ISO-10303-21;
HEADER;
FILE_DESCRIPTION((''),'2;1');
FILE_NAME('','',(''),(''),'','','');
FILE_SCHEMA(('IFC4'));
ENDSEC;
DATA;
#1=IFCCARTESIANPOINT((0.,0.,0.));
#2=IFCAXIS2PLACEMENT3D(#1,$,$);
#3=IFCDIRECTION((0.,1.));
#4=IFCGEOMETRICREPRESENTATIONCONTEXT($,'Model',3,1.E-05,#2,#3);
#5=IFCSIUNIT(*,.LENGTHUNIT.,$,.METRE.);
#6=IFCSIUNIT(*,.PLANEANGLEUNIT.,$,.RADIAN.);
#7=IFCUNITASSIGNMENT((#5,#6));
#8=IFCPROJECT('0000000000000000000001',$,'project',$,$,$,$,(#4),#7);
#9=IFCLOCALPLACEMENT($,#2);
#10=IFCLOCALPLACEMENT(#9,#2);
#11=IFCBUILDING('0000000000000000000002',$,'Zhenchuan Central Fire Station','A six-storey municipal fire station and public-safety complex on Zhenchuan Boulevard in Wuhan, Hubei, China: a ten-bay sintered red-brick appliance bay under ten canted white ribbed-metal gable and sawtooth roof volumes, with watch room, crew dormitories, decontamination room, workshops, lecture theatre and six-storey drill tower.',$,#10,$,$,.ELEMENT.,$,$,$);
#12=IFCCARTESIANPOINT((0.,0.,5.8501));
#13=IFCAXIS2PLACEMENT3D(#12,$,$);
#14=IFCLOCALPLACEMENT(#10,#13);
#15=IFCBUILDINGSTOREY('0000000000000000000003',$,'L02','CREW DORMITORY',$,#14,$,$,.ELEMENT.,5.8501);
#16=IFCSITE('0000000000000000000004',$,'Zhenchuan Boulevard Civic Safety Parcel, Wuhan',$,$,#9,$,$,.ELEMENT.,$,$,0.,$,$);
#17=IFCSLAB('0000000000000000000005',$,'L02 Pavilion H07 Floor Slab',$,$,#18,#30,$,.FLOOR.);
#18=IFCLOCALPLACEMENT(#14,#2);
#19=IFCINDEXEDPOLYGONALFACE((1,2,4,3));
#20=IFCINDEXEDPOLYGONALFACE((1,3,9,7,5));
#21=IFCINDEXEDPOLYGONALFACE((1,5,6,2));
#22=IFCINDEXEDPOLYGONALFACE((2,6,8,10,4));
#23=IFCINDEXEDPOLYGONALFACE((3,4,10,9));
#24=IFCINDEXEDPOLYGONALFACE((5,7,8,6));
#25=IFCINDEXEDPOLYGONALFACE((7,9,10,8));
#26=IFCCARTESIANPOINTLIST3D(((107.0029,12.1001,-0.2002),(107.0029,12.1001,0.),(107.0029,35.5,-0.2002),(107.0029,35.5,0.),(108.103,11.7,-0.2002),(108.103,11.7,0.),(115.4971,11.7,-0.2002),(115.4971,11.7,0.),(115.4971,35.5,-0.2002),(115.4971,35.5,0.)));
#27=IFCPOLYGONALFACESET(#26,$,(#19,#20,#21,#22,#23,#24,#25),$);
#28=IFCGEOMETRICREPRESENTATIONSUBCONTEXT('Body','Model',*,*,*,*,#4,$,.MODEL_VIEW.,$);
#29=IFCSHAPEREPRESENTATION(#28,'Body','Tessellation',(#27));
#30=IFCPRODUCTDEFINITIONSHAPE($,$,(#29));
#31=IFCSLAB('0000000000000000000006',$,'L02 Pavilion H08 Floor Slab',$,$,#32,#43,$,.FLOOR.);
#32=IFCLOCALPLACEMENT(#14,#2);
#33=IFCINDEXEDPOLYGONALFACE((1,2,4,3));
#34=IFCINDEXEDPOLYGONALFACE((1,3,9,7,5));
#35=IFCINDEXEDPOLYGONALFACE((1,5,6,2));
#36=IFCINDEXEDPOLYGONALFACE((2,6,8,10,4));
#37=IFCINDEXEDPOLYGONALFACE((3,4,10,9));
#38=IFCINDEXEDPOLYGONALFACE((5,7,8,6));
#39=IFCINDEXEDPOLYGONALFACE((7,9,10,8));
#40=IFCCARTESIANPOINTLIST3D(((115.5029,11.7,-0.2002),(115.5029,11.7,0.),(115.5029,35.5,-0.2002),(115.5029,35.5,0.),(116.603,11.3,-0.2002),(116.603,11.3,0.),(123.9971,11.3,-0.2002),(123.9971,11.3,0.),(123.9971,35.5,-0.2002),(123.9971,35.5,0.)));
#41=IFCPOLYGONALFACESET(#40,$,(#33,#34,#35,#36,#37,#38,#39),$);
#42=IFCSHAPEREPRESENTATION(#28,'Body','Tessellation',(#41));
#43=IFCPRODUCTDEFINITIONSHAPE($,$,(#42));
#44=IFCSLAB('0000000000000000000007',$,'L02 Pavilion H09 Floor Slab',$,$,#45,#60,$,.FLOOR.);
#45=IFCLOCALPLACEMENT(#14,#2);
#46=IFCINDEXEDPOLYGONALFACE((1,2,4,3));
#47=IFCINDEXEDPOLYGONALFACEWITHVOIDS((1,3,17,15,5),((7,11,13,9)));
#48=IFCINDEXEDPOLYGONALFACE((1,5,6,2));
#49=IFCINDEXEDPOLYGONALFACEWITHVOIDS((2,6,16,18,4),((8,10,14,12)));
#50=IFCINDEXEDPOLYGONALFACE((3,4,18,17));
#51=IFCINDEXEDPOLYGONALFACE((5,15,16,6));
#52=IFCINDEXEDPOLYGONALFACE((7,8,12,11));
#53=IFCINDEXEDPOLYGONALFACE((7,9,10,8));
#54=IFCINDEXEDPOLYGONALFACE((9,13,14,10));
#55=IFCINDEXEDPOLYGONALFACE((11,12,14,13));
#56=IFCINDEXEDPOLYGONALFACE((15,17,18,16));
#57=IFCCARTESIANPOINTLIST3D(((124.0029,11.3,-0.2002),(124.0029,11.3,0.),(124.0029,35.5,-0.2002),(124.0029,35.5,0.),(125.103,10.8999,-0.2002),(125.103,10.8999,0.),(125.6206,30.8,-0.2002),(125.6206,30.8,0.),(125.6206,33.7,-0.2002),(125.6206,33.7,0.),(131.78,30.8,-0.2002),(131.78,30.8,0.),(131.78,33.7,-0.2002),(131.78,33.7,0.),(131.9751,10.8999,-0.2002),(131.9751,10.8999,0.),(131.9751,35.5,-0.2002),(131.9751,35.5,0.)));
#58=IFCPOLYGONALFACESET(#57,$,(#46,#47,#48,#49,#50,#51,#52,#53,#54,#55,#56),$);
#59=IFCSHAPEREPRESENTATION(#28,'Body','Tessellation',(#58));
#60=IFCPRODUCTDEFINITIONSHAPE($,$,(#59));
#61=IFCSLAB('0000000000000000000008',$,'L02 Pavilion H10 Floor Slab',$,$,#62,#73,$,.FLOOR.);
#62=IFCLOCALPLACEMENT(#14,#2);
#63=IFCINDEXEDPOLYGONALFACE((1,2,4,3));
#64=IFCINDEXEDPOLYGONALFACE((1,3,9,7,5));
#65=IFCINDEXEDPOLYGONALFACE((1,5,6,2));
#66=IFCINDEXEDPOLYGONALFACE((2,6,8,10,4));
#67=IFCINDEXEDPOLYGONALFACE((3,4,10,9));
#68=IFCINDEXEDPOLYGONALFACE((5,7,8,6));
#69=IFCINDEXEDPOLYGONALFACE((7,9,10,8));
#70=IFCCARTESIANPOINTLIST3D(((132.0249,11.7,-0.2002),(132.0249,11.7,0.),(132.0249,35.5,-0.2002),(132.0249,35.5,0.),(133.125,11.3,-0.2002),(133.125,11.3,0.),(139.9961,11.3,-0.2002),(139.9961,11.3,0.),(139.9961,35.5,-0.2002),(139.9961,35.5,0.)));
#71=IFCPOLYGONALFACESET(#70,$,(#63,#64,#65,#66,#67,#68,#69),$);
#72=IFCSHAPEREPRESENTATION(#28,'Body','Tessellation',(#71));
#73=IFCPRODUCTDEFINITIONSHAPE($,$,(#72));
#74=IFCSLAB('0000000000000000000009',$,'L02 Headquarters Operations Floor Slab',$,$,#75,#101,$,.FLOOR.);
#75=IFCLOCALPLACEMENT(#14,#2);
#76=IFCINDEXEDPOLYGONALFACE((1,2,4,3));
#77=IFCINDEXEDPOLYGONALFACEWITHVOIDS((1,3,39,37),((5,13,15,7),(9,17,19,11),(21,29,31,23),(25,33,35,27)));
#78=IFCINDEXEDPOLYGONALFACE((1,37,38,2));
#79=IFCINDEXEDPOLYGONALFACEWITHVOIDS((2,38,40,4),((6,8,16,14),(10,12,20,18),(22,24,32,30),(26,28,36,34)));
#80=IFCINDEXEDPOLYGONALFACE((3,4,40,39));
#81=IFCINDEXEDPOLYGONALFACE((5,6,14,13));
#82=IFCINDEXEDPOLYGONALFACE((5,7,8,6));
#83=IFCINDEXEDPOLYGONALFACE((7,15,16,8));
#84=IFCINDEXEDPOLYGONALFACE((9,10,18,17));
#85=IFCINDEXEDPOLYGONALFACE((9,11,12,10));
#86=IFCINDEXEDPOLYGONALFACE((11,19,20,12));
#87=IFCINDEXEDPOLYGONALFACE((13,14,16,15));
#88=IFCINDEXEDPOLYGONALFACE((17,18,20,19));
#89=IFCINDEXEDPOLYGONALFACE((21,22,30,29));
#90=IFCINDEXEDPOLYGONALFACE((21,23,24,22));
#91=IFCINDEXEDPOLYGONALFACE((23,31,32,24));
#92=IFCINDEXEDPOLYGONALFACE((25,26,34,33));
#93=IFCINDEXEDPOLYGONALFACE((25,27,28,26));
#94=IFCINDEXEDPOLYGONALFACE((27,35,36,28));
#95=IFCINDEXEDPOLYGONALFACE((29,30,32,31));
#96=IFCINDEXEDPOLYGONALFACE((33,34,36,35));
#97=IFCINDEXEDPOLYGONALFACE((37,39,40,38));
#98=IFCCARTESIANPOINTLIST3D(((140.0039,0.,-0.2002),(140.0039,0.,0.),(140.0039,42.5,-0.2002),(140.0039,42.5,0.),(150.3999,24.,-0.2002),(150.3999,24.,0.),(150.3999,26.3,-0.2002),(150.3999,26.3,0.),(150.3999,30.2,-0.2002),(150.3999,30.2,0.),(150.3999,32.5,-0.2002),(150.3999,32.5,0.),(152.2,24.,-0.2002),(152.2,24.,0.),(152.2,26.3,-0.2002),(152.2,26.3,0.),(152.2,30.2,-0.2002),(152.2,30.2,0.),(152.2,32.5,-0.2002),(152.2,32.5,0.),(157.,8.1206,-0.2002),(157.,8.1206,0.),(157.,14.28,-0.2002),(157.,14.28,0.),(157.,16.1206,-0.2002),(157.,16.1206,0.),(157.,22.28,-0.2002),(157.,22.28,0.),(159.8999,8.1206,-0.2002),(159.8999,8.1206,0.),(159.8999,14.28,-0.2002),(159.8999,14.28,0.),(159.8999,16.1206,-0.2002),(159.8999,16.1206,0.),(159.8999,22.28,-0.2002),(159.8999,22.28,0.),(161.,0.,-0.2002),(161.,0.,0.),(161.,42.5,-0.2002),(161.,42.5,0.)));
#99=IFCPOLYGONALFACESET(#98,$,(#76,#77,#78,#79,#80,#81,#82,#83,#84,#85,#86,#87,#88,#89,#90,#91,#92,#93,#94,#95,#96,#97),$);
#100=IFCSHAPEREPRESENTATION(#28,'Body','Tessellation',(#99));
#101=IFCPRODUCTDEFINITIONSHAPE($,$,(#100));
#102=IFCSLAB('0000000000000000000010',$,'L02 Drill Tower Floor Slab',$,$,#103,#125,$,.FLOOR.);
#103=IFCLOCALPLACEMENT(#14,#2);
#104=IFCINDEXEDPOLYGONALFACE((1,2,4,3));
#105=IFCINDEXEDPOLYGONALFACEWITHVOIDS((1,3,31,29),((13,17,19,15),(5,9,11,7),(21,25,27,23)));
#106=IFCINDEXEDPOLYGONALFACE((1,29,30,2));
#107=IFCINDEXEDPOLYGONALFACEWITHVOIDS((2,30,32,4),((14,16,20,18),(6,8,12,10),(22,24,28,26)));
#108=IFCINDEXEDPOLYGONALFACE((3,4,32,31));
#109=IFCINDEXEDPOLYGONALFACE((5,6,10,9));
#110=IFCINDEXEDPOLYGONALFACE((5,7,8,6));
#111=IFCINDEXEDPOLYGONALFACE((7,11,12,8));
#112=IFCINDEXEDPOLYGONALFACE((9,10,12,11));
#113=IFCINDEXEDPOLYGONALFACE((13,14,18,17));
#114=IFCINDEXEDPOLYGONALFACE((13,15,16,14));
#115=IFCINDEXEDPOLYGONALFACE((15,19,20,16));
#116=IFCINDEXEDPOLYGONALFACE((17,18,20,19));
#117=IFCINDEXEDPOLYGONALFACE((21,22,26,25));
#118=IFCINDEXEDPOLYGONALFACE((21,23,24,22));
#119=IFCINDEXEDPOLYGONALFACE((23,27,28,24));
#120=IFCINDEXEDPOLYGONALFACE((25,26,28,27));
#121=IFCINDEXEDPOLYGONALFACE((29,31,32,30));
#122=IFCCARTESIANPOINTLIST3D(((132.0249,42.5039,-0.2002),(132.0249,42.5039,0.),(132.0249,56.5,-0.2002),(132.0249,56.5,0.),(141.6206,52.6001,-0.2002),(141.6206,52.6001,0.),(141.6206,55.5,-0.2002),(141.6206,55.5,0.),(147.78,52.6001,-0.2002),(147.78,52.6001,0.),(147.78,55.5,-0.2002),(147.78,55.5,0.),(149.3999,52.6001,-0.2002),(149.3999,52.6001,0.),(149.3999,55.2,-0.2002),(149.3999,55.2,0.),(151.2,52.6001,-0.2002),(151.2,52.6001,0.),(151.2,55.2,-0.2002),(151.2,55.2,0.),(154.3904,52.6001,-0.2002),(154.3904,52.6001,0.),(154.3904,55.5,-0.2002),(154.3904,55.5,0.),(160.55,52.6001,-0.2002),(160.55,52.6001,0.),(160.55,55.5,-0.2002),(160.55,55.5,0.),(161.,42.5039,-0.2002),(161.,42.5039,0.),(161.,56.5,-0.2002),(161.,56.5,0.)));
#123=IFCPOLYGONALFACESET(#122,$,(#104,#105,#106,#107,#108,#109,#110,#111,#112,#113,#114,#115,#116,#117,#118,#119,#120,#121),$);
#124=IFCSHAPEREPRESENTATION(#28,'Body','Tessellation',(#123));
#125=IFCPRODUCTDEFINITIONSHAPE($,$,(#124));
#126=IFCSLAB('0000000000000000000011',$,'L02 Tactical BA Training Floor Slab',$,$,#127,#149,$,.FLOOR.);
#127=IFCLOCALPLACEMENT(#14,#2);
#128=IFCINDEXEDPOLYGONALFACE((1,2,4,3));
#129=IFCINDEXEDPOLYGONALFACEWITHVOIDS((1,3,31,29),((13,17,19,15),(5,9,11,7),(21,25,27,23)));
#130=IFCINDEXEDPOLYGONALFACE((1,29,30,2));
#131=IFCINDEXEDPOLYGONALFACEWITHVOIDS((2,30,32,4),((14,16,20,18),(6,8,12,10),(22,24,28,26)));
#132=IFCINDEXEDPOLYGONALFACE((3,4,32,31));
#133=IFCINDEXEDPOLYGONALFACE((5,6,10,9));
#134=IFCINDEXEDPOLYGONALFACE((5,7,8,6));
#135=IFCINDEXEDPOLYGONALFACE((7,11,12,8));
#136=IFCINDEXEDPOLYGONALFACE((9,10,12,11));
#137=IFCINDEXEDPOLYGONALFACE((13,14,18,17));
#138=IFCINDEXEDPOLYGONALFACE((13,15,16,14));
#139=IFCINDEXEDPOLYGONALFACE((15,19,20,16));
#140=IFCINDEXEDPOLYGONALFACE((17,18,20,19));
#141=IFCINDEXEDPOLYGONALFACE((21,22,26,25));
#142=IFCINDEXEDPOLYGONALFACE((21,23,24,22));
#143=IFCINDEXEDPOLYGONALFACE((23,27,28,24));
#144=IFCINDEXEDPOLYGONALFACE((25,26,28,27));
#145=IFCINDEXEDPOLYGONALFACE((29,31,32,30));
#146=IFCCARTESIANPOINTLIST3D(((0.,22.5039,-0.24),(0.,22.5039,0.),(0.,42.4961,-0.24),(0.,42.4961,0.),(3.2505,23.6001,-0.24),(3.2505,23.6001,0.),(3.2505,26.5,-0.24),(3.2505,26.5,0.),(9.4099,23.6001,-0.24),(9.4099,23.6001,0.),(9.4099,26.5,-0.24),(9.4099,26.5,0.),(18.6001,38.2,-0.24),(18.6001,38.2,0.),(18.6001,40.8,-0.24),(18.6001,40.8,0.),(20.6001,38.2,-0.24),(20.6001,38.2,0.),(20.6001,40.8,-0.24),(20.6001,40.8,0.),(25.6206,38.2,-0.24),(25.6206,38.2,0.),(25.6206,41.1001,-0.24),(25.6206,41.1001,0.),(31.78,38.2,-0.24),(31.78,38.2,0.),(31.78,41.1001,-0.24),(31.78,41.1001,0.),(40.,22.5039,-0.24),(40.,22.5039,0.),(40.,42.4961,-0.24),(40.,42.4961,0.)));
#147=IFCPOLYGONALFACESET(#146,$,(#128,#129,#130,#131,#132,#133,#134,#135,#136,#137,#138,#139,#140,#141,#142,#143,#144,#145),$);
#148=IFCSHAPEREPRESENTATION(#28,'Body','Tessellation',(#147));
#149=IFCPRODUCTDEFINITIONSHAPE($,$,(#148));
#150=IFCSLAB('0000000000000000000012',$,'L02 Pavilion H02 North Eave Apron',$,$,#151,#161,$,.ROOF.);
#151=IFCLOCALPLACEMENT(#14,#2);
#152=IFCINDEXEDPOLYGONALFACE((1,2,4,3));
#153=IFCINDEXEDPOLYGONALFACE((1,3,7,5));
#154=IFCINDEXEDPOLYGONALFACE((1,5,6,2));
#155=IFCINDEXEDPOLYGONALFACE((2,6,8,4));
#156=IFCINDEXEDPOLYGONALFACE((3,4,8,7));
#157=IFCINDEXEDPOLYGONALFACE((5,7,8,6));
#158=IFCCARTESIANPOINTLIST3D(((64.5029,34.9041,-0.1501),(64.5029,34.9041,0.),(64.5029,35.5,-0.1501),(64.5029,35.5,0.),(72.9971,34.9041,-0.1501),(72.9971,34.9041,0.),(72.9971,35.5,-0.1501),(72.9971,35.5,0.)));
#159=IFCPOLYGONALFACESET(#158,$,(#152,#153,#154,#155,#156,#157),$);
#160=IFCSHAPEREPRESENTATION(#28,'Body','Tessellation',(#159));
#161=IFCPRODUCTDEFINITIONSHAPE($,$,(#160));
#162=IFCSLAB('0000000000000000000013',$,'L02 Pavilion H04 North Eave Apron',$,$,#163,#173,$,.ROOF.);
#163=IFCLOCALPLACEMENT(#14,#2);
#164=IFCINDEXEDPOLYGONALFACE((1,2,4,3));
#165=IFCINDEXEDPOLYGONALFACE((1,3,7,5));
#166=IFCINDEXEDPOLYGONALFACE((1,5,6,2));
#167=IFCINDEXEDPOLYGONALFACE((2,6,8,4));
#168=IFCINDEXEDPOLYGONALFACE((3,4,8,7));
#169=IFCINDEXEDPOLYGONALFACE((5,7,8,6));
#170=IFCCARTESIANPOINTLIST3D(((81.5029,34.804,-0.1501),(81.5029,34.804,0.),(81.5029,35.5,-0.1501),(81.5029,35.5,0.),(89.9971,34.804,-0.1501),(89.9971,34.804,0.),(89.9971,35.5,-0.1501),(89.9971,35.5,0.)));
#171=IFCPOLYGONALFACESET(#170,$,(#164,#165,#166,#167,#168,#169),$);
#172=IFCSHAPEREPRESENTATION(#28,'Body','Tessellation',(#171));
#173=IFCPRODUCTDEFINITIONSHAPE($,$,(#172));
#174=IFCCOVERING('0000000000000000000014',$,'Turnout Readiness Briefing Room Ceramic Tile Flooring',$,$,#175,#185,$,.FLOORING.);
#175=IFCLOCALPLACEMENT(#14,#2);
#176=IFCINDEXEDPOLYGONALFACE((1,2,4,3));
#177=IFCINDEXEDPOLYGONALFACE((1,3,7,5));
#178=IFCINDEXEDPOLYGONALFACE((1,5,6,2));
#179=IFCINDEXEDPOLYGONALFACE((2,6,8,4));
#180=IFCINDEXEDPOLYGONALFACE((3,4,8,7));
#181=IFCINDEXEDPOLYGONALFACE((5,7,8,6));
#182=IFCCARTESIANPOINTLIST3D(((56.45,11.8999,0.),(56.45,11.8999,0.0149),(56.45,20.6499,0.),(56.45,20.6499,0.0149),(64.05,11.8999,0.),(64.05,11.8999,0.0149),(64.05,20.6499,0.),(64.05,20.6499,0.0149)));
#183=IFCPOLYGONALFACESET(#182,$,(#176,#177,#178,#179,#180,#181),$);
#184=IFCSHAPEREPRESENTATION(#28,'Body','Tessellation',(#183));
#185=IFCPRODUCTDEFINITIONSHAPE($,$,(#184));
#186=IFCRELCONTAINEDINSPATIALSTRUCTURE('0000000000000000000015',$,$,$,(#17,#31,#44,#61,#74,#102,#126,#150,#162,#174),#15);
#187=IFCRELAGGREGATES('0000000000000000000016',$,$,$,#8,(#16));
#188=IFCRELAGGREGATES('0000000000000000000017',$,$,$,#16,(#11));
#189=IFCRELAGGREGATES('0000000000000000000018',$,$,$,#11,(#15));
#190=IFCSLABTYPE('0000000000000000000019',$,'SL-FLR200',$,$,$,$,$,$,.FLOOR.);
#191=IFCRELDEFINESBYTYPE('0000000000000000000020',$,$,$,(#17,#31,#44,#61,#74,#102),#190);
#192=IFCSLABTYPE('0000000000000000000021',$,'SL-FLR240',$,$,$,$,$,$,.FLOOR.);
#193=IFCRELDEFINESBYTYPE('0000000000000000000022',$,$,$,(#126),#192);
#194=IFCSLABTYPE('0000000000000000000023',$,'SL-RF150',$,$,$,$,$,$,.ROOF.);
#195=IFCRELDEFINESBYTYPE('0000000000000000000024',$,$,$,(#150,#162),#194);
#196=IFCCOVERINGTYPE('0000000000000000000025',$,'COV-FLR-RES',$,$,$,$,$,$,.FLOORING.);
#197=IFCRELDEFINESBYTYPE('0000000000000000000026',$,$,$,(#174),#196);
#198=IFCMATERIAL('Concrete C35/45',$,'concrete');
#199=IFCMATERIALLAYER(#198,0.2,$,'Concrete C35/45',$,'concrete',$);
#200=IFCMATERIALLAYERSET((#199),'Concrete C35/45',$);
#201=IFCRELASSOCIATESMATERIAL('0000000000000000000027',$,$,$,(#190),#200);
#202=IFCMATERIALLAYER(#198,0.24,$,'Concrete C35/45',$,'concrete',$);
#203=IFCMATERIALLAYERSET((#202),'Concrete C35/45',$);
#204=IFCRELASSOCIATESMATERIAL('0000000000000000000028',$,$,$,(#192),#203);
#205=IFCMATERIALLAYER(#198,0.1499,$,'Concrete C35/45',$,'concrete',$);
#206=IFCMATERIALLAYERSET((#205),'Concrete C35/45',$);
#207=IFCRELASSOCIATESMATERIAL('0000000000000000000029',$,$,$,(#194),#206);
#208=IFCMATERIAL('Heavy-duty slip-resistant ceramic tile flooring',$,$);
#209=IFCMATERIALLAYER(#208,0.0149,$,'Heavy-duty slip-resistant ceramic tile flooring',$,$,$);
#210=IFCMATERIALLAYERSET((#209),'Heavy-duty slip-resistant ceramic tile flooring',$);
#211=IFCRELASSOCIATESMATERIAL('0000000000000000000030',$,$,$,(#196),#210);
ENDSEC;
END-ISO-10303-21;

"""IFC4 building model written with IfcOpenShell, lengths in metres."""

from ifc_helpers import new_model, si_unit, direction, frame, origin, place, context, subcontext, project, spatial, polyline, outline, extrude, material, layer, layer_set, type_object, element, save


model = new_model("IFC4")

# Units and contexts
model_context = context("Model", 3, precision=1e-05, world=origin(), true_north=direction((0.0, 1.0)))
body_context = subcontext(model_context, "Body", "Model", "MODEL_VIEW")
ifc_project = project(units=[si_unit("LENGTHUNIT", "METRE"), si_unit("PLANEANGLEUNIT", "RADIAN")], contexts=[model_context])

# Site, building, storey
site_placement = place(None, origin())
site = spatial("IfcSite", under=ifc_project, at=site_placement, Name="Zhenchuan Boulevard Civic Safety Parcel, Wuhan", CompositionType="ELEMENT", RefElevation=0.0)
building_placement = place(site_placement, origin())
building = spatial("IfcBuilding", under=site, at=building_placement, Name="Zhenchuan Central Fire Station", Description="A six-storey municipal fire station and public-safety complex on Zhenchuan Boulevard in Wuhan, Hubei, China: a ten-bay sintered red-brick appliance bay under ten canted white ribbed-metal gable and sawtooth roof volumes, with watch room, crew dormitories, decontamination room, workshops, lecture theatre and six-storey drill tower.", CompositionType="ELEMENT")
storey_placement = place(building_placement, frame((0.0, 0.0, 5.8501)))
storey = spatial("IfcBuildingStorey", under=building, at=storey_placement, Name="L02", Description="CREW DORMITORY", CompositionType="ELEMENT", Elevation=5.8501)

# Slabs
ifc_material_1 = material(Name="Concrete C35/45", Category="concrete")
ifc_layer_1 = layer(ifc_material_1, 0.2, Name="Concrete C35/45", Category="concrete")
ifc_layer_set_1 = layer_set([ifc_layer_1], Name="Concrete C35/45")
slab_type_1 = type_object("IfcSlabType", Name="SL-FLR200", PredefinedType="FLOOR", material=ifc_layer_set_1)
slab_1_placement = place(storey_placement, frame((0.0, 0.0, -0.2002)))
element("IfcSlab", 1, at=slab_1_placement, inside=storey, type_object=slab_type_1, Name="L02 Pavilion H07 Floor Slab", PredefinedType="FLOOR", context=body_context, shape_type="SweptSolid", body=[
    extrude(outline(polyline([(107.0029, 12.1001), (108.103, 11.7), (115.4971, 11.7), (115.4971, 35.5), (107.0029, 35.5), (107.0029, 12.1001)])), origin(), (0.0, 0.0, 1.0), 0.2002),
])
slab_2_placement = place(storey_placement, frame((0.0, 0.0, -0.2002)))
element("IfcSlab", 2, at=slab_2_placement, inside=storey, type_object=slab_type_1, Name="L02 Pavilion H08 Floor Slab", PredefinedType="FLOOR", context=body_context, shape_type="SweptSolid", body=[
    extrude(outline(polyline([(115.5029, 11.7), (116.603, 11.3), (123.9971, 11.3), (123.9971, 35.5), (115.5029, 35.5), (115.5029, 11.7)])), origin(), (0.0, 0.0, 1.0), 0.2002),
])
slab_3_placement = place(storey_placement, frame((0.0, 0.0, -0.2002)))
element("IfcSlab", 3, at=slab_3_placement, inside=storey, type_object=slab_type_1, Name="L02 Pavilion H09 Floor Slab", PredefinedType="FLOOR", context=body_context, shape_type="SweptSolid", body=[
    extrude(outline(polyline([(124.0029, 11.3), (125.103, 10.8999), (131.9751, 10.8999), (131.9751, 35.5), (124.0029, 35.5), (124.0029, 11.3)]), holes=[polyline([(125.6206, 30.8), (131.78, 30.8), (131.78, 33.7), (125.6206, 33.7), (125.6206, 30.8)])]), origin(), (0.0, 0.0, 1.0), 0.2002),
])
slab_4_placement = place(storey_placement, frame((0.0, 0.0, -0.2002)))
element("IfcSlab", 4, at=slab_4_placement, inside=storey, type_object=slab_type_1, Name="L02 Pavilion H10 Floor Slab", PredefinedType="FLOOR", context=body_context, shape_type="SweptSolid", body=[
    extrude(outline(polyline([(132.0249, 11.7), (133.125, 11.3), (139.9961, 11.3), (139.9961, 35.5), (132.0249, 35.5), (132.0249, 11.7)])), origin(), (0.0, 0.0, 1.0), 0.2002),
])
slab_5_placement = place(storey_placement, frame((0.0, 0.0, -0.2002)))
element("IfcSlab", 5, at=slab_5_placement, inside=storey, type_object=slab_type_1, Name="L02 Headquarters Operations Floor Slab", PredefinedType="FLOOR", context=body_context, shape_type="SweptSolid", body=[
    extrude(outline(polyline([(140.0039, 0.0), (161.0, 0.0), (161.0, 42.5), (140.0039, 42.5), (140.0039, 0.0)]), holes=[polyline([(159.8999, 8.1206), (159.8999, 14.28), (157.0, 14.28), (157.0, 8.1206), (159.8999, 8.1206)]), polyline([(159.8999, 16.1206), (159.8999, 22.28), (157.0, 22.28), (157.0, 16.1206), (159.8999, 16.1206)]), polyline([(150.3999, 24.0), (152.2, 24.0), (152.2, 26.3), (150.3999, 26.3), (150.3999, 24.0)]), polyline([(150.3999, 30.2), (152.2, 30.2), (152.2, 32.5), (150.3999, 32.5), (150.3999, 30.2)])]), origin(), (0.0, 0.0, 1.0), 0.2002),
])
slab_6_placement = place(storey_placement, frame((0.0, 0.0, -0.2002)))
element("IfcSlab", 6, at=slab_6_placement, inside=storey, type_object=slab_type_1, Name="L02 Drill Tower Floor Slab", PredefinedType="FLOOR", context=body_context, shape_type="SweptSolid", body=[
    extrude(outline(polyline([(132.0249, 42.5039), (161.0, 42.5039), (161.0, 56.5), (132.0249, 56.5), (132.0249, 42.5039)]), holes=[polyline([(141.6206, 52.6001), (147.78, 52.6001), (147.78, 55.5), (141.6206, 55.5), (141.6206, 52.6001)]), polyline([(154.3904, 52.6001), (160.55, 52.6001), (160.55, 55.5), (154.3904, 55.5), (154.3904, 52.6001)]), polyline([(149.3999, 52.6001), (151.2, 52.6001), (151.2, 55.2), (149.3999, 55.2), (149.3999, 52.6001)])]), origin(), (0.0, 0.0, 1.0), 0.2002),
])
ifc_layer_2 = layer(ifc_material_1, 0.24, Name="Concrete C35/45", Category="concrete")
ifc_layer_set_2 = layer_set([ifc_layer_2], Name="Concrete C35/45")
slab_type_2 = type_object("IfcSlabType", Name="SL-FLR240", PredefinedType="FLOOR", material=ifc_layer_set_2)
slab_7_placement = place(storey_placement, frame((0.0, 0.0, -0.24)))
element("IfcSlab", 7, at=slab_7_placement, inside=storey, type_object=slab_type_2, Name="L02 Tactical BA Training Floor Slab", PredefinedType="FLOOR", context=body_context, shape_type="SweptSolid", body=[
    extrude(outline(polyline([(0.0, 22.5039), (40.0, 22.5039), (40.0, 42.4961), (0.0, 42.4961), (0.0, 22.5039)]), holes=[polyline([(3.2505, 23.6001), (9.4099, 23.6001), (9.4099, 26.5), (3.2505, 26.5), (3.2505, 23.6001)]), polyline([(25.6206, 38.2), (31.78, 38.2), (31.78, 41.1001), (25.6206, 41.1001), (25.6206, 38.2)]), polyline([(18.6001, 38.2), (20.6001, 38.2), (20.6001, 40.8), (18.6001, 40.8), (18.6001, 38.2)])]), origin(), (0.0, 0.0, 1.0), 0.24),
])
ifc_layer_3 = layer(ifc_material_1, 0.1499, Name="Concrete C35/45", Category="concrete")
ifc_layer_set_3 = layer_set([ifc_layer_3], Name="Concrete C35/45")
slab_type_3 = type_object("IfcSlabType", Name="SL-RF150", PredefinedType="ROOF", material=ifc_layer_set_3)
slab_8_placement = place(storey_placement, frame((0.0, 0.0, -0.1501)))
element("IfcSlab", 8, at=slab_8_placement, inside=storey, type_object=slab_type_3, Name="L02 Pavilion H02 North Eave Apron", PredefinedType="ROOF", context=body_context, shape_type="SweptSolid", body=[
    extrude(outline(polyline([(64.5029, 34.9041), (72.9971, 34.9041), (72.9971, 35.5), (64.5029, 35.5), (64.5029, 34.9041)])), origin(), (0.0, 0.0, 1.0), 0.1501),
])
slab_9_placement = place(storey_placement, frame((0.0, 0.0, -0.1501)))
element("IfcSlab", 9, at=slab_9_placement, inside=storey, type_object=slab_type_3, Name="L02 Pavilion H04 North Eave Apron", PredefinedType="ROOF", context=body_context, shape_type="SweptSolid", body=[
    extrude(outline(polyline([(81.5029, 34.804), (89.9971, 34.804), (89.9971, 35.5), (81.5029, 35.5), (81.5029, 34.804)])), origin(), (0.0, 0.0, 1.0), 0.1501),
])

# Covering
ifc_material_2 = material(Name="Heavy-duty slip-resistant ceramic tile flooring")
ifc_layer_4 = layer(ifc_material_2, 0.0149, Name="Heavy-duty slip-resistant ceramic tile flooring")
ifc_layer_set_4 = layer_set([ifc_layer_4], Name="Heavy-duty slip-resistant ceramic tile flooring")
covering_type = type_object("IfcCoveringType", Name="COV-FLR-RES", PredefinedType="FLOORING", material=ifc_layer_set_4)
covering_1_placement = place(storey_placement, origin())
element("IfcCovering", 10, at=covering_1_placement, inside=storey, type_object=covering_type, Name="Turnout Readiness Briefing Room Ceramic Tile Flooring", PredefinedType="FLOORING", context=body_context, shape_type="SweptSolid", body=[
    extrude(outline(polyline([(56.45, 11.8999), (64.05, 11.8999), (64.05, 20.6499), (56.45, 20.6499), (56.45, 11.8999)])), origin(), (0.0, 0.0, 1.0), 0.0149),
])

save(model, "model.ifc")
